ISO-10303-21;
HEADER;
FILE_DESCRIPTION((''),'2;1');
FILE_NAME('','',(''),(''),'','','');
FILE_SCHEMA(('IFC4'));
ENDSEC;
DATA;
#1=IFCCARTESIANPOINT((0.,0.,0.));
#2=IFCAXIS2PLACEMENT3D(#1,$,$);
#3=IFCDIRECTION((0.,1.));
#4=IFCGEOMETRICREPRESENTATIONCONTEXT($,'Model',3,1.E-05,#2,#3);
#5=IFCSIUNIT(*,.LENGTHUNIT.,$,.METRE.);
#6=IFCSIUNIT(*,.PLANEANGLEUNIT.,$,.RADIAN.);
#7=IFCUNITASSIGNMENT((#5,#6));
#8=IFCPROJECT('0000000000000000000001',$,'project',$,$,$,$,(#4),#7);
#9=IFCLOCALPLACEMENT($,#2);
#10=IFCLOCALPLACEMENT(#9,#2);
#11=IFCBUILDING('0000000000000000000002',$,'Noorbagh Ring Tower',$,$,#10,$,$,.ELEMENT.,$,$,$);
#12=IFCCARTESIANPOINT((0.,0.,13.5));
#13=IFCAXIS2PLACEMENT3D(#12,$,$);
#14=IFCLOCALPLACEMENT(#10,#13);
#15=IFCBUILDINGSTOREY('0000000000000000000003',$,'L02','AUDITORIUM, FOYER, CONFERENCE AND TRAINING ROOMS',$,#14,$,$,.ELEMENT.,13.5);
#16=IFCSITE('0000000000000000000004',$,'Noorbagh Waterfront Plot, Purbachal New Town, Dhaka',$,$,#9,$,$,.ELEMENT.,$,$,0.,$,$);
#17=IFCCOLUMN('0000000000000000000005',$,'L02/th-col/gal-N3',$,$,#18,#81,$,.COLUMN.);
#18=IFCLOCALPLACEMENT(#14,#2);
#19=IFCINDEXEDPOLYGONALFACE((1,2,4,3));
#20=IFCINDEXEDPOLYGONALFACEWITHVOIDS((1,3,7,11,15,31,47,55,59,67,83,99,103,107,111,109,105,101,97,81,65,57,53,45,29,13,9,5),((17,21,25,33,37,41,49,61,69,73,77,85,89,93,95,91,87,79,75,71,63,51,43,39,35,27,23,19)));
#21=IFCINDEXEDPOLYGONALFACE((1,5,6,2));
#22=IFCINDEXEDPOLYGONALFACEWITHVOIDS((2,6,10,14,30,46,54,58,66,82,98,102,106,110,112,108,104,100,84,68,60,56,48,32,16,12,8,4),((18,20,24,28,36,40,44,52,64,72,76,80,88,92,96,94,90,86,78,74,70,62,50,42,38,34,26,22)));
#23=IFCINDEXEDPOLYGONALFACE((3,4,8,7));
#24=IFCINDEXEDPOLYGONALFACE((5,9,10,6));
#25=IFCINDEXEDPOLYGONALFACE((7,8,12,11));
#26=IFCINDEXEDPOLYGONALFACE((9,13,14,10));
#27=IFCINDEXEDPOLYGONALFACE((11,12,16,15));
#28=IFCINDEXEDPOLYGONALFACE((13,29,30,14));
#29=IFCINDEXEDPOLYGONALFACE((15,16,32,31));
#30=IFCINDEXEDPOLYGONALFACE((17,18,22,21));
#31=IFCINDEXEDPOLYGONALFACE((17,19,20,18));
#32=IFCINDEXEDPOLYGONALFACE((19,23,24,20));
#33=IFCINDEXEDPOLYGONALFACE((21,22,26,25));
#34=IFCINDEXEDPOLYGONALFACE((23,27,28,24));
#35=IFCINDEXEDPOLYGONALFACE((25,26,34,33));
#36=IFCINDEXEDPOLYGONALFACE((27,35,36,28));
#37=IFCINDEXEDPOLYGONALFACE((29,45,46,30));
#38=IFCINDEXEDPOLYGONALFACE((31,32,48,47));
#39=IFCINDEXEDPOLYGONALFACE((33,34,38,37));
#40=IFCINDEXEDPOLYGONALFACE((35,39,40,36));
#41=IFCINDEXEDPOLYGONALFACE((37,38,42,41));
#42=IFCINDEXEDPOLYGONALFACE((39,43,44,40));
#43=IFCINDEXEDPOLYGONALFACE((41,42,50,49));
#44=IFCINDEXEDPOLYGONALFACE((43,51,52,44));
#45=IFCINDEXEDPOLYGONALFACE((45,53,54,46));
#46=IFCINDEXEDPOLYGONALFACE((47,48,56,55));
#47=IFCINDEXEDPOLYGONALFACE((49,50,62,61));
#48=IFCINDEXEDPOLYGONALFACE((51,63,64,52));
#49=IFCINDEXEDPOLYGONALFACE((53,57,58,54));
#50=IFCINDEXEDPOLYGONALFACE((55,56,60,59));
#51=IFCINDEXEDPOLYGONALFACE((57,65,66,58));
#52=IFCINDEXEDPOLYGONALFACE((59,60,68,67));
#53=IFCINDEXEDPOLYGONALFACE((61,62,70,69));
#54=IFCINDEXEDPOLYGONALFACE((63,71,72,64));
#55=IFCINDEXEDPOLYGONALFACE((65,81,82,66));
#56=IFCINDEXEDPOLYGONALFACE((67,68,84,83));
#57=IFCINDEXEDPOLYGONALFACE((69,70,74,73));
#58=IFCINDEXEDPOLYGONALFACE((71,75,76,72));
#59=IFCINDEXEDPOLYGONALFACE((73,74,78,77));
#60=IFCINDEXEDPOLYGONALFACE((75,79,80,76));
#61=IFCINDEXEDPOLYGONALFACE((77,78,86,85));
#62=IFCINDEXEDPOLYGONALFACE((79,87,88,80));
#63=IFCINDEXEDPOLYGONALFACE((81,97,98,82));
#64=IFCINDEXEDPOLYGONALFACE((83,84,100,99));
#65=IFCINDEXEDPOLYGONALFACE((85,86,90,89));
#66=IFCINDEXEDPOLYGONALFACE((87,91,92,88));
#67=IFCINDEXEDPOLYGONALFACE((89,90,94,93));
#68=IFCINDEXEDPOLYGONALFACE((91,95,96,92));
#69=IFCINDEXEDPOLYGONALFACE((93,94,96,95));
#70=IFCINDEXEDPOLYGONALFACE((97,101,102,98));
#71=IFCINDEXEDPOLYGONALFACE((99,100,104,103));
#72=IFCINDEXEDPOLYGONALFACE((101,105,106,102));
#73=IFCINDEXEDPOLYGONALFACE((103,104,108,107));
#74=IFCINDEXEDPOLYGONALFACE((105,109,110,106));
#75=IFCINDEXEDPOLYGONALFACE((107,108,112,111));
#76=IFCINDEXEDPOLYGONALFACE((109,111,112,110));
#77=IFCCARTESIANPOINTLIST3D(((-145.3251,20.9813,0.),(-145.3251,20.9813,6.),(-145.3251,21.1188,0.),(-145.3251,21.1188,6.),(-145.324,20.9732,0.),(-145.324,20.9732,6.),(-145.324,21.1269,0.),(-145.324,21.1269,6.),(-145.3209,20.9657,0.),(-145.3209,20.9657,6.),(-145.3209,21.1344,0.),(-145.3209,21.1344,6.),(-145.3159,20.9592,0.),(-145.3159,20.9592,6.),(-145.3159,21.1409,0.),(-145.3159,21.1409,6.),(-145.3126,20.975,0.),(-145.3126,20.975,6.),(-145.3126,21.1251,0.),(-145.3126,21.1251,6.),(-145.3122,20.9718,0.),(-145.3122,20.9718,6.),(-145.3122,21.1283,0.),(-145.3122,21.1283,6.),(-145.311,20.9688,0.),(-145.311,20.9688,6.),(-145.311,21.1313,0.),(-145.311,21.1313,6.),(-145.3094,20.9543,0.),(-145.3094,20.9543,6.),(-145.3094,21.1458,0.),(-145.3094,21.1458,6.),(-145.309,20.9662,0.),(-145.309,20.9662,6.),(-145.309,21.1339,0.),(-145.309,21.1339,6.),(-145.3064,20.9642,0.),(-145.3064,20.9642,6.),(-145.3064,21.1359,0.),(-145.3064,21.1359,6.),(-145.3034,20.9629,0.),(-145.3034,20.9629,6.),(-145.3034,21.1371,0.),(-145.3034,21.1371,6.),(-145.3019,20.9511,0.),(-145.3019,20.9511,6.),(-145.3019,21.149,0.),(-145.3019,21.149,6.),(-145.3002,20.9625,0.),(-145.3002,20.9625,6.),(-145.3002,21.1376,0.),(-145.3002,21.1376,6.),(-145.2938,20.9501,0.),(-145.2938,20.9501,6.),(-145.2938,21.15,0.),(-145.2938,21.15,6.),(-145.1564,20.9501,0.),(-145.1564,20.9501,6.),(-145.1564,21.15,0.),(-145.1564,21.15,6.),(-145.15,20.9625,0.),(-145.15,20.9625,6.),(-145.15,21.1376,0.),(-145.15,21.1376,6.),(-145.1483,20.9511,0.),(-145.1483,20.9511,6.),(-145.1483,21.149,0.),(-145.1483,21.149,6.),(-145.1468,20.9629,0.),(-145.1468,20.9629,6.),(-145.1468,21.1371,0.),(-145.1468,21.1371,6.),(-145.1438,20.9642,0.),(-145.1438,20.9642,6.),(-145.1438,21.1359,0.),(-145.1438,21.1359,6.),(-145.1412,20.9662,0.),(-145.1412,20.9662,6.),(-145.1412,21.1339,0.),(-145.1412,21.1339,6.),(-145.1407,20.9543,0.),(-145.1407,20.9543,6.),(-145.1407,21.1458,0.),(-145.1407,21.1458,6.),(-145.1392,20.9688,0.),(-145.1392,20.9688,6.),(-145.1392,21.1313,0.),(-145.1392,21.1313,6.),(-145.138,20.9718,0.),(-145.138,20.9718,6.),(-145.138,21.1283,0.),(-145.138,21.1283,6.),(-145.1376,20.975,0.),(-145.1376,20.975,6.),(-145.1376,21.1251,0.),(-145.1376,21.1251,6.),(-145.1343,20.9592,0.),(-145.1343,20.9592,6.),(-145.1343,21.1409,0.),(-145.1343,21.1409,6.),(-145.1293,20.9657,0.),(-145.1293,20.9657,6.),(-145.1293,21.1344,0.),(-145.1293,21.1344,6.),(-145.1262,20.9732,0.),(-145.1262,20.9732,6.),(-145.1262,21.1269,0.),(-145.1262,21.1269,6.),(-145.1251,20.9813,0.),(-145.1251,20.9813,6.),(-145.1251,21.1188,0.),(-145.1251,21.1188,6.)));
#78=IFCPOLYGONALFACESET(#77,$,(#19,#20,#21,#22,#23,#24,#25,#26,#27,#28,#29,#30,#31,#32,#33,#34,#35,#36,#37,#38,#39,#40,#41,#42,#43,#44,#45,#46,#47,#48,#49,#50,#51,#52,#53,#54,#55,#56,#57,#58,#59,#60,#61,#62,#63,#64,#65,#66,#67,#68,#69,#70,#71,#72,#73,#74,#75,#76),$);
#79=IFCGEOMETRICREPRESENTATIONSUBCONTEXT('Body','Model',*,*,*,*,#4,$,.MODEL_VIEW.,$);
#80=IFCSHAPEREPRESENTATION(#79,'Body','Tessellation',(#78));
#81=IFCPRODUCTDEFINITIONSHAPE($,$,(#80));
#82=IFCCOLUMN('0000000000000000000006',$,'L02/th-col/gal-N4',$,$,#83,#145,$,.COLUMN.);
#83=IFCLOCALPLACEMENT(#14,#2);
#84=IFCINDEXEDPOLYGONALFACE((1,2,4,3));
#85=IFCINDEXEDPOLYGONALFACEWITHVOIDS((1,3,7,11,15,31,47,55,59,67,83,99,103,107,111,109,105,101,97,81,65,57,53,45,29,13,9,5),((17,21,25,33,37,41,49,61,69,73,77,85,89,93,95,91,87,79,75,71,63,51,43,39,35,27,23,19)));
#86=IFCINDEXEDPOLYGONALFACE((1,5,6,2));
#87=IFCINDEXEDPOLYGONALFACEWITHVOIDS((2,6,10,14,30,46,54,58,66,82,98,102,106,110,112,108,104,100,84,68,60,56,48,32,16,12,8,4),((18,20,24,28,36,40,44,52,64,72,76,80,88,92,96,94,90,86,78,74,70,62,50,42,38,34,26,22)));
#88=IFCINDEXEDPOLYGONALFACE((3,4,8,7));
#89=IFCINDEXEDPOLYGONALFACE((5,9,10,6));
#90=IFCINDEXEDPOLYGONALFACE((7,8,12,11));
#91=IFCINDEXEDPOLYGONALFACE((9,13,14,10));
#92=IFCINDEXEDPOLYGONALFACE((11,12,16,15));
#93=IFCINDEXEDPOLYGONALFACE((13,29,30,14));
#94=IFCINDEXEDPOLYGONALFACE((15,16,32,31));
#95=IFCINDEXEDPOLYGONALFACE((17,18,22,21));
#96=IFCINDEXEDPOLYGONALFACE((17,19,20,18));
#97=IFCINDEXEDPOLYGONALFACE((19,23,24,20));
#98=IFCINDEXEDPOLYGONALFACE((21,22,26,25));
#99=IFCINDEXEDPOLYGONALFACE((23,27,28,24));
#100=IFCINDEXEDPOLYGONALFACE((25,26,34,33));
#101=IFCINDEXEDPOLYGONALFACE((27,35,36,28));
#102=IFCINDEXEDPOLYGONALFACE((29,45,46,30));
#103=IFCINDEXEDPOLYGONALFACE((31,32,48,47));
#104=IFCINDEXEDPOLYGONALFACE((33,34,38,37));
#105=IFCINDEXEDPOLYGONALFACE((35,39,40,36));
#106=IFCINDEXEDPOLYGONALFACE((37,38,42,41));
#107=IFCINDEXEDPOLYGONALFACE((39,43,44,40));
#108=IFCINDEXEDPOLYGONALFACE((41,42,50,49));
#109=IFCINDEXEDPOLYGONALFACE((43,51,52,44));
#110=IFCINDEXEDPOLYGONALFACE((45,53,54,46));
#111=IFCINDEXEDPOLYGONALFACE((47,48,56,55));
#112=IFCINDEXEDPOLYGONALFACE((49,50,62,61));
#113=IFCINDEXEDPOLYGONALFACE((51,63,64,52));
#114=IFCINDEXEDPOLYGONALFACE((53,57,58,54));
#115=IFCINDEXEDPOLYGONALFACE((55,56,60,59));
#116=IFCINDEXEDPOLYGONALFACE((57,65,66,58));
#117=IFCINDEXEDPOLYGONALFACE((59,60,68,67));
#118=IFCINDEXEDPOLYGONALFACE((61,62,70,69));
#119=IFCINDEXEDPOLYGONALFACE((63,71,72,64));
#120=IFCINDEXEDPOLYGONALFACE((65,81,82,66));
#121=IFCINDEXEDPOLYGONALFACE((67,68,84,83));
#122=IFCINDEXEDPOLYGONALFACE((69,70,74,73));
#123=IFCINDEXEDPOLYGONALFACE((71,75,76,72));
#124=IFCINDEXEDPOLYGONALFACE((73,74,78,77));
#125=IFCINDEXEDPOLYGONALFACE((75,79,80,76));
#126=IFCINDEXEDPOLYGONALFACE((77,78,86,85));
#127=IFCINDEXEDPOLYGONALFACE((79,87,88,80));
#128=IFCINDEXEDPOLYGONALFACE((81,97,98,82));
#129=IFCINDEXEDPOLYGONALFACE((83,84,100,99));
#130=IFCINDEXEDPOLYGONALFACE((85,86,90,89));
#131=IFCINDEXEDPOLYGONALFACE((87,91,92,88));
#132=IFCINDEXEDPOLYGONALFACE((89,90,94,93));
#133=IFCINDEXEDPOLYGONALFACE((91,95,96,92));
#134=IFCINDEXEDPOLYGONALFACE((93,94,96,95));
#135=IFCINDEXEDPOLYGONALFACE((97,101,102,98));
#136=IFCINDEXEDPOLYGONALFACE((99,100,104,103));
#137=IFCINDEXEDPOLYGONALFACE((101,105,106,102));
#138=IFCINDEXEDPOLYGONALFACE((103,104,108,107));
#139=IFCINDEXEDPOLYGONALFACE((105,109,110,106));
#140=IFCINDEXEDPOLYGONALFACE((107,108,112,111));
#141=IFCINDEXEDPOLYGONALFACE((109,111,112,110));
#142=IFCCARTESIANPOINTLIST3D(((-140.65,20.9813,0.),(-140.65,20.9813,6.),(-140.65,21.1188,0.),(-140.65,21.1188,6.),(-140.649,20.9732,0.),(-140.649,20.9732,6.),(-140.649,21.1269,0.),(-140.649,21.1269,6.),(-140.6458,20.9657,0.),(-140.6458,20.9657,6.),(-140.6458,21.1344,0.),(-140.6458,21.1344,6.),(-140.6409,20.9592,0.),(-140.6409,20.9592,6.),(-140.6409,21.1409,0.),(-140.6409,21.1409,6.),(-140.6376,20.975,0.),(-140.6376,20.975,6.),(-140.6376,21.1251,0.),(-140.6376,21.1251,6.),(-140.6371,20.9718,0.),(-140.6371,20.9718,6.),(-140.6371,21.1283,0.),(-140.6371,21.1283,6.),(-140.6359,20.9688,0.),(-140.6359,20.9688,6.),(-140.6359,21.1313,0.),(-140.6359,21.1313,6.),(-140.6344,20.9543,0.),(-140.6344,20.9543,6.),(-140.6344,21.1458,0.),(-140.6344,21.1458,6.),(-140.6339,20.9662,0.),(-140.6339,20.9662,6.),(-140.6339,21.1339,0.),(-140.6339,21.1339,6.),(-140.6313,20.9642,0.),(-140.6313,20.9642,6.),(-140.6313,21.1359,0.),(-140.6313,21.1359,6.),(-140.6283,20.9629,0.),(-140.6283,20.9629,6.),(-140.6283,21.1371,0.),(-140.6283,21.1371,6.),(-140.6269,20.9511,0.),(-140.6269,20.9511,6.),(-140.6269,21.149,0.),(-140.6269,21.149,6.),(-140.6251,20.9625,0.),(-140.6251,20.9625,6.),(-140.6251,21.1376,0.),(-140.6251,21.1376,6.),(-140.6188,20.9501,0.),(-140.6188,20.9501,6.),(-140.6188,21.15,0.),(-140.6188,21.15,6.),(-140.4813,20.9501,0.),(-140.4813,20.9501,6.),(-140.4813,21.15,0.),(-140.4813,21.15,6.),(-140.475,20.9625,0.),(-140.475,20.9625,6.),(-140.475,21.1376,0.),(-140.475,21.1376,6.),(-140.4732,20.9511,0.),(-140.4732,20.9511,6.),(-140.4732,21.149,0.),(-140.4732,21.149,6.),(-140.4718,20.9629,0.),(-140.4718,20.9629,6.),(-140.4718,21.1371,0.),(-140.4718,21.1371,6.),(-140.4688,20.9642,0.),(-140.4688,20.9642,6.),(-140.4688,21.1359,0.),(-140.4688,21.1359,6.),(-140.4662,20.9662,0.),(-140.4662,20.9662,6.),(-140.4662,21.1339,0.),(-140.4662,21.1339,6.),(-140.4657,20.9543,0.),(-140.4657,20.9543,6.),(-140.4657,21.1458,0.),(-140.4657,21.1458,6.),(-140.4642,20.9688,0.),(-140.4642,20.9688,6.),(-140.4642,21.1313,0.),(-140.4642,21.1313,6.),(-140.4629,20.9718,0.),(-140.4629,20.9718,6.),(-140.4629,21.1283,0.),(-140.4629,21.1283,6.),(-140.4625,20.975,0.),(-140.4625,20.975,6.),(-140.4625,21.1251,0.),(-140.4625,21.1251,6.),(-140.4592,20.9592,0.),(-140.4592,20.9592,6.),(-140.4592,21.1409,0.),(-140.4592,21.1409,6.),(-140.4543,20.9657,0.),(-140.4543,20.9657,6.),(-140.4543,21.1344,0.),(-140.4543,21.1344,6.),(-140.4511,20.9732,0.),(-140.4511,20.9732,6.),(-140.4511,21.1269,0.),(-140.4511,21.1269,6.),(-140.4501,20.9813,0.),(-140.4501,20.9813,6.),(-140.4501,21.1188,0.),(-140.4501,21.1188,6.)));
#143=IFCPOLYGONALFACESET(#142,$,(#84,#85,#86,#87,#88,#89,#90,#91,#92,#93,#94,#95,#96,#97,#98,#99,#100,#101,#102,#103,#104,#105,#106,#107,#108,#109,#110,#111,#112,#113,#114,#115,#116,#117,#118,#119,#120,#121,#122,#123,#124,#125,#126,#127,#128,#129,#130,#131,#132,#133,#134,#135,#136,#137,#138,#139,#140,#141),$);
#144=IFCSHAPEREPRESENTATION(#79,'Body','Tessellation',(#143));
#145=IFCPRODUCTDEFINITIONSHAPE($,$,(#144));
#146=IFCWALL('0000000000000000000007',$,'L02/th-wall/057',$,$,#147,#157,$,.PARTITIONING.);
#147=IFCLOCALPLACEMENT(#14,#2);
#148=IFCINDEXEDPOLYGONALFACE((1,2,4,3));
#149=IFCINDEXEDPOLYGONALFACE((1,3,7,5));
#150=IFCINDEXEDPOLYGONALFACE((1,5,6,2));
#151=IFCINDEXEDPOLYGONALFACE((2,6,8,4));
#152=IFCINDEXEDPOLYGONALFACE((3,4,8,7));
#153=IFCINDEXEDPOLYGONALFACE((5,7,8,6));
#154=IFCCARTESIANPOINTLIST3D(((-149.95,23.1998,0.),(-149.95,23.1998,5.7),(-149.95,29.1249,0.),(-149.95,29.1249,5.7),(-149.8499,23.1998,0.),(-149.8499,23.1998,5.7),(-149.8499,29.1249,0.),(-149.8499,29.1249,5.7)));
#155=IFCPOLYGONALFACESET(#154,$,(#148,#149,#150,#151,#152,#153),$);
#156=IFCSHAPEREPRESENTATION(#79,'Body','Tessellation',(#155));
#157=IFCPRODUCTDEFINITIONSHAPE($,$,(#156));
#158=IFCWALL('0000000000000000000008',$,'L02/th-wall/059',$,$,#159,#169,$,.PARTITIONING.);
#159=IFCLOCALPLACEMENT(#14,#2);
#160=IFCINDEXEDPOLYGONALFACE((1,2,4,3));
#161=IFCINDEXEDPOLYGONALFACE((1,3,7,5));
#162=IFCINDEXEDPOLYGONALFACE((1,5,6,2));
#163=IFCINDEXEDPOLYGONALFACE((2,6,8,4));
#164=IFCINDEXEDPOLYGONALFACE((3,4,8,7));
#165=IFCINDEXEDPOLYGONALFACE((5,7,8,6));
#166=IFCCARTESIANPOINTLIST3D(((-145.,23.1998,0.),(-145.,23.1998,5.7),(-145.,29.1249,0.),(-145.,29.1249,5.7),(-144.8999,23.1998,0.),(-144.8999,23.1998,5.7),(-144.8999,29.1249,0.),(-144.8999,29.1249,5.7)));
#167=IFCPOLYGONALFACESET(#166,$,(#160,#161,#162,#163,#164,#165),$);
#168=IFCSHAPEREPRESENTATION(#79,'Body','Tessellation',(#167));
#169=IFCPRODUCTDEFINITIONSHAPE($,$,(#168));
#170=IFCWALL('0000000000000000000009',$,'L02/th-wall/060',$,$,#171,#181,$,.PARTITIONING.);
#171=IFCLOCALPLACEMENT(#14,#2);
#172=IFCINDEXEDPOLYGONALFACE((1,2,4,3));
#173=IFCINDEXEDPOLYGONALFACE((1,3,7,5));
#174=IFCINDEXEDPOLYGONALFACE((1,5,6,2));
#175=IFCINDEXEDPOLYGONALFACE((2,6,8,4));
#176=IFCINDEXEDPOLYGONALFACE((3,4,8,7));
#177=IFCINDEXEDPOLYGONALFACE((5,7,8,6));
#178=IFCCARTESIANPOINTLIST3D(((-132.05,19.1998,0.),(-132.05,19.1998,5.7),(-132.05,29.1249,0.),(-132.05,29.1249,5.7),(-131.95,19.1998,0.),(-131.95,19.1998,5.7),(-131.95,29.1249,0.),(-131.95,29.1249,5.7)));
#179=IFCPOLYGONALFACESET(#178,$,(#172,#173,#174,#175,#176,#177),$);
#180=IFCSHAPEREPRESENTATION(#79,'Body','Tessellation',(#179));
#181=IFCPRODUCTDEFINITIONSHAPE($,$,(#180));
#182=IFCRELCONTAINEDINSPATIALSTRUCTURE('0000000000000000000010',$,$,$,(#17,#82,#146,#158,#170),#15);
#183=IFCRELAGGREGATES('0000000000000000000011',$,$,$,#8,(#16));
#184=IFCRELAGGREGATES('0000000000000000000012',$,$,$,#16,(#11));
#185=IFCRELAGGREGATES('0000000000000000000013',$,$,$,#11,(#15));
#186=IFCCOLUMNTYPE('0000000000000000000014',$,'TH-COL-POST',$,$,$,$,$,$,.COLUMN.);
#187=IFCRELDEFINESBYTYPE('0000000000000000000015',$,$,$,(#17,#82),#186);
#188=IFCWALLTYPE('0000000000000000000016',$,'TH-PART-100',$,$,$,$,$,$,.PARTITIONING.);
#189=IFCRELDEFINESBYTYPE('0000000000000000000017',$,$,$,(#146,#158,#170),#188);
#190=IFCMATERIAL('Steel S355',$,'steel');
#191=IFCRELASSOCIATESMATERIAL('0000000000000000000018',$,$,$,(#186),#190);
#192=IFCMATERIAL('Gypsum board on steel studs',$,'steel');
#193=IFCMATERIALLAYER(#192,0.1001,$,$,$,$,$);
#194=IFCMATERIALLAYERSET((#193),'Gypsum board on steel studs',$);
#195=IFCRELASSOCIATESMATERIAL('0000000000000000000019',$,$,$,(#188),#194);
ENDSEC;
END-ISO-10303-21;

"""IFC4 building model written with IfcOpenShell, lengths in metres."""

from ifc_helpers import new_model, si_unit, direction, frame, frame_2d, origin, origin_2d, place, context, subcontext, project, spatial, rectangle, hollow_rectangle, extrude, material, layer, layer_set, material_profile, profile_set, type_object, element, save


model = new_model("IFC4")

# Units and contexts
model_context = context("Model", 3, precision=1e-05, world=origin(), true_north=direction((0.0, 1.0)))
body_context = subcontext(model_context, "Body", "Model", "MODEL_VIEW")
ifc_project = project(units=[si_unit("LENGTHUNIT", "METRE"), si_unit("PLANEANGLEUNIT", "RADIAN")], contexts=[model_context])

# Site, building, storey
site_placement = place(None, origin())
site = spatial("IfcSite", under=ifc_project, at=site_placement, Name="Noorbagh Waterfront Plot, Purbachal New Town, Dhaka", CompositionType="ELEMENT", RefElevation=0.0)
building_placement = place(site_placement, origin())
building = spatial("IfcBuilding", under=site, at=building_placement, Name="Noorbagh Ring Tower", CompositionType="ELEMENT")
storey_placement = place(building_placement, frame((0.0, 0.0, 13.5)))
storey = spatial("IfcBuildingStorey", under=building, at=storey_placement, Name="L02", Description="AUDITORIUM, FOYER, CONFERENCE AND TRAINING ROOMS", CompositionType="ELEMENT", Elevation=13.5)

# Columns
ifc_material_1 = material(Name="Steel S355", Category="steel")
ifc_material_profile = material_profile(ifc_material_1, hollow_rectangle(XDim=0.2, YDim=0.2, WallThickness=0.0125, InnerFilletRadius=0.0125, OuterFilletRadius=0.0312, at=origin_2d()), Name="SHS200x200x12.5")
ifc_profile_set = profile_set([ifc_material_profile], Name="Steel S355")
column_type = type_object("IfcColumnType", Name="TH-COL-POST", PredefinedType="COLUMN", material=ifc_profile_set)
for number, where, z_axis, x_axis, name in (
    (1, (-145.2251, 21.05, 0.0), (0.0, 0.0, 1.0), (1.0, 0.0, 0.0), "L02/th-col/gal-N3"),
    (2, (-140.55, 21.05, 0.0), (0.0, 0.0, 1.0), (1.0, 0.0, 0.0), "L02/th-col/gal-N4"),
):
    element("IfcColumn", number, at=place(storey_placement, frame(where, z_axis=z_axis, x_axis=x_axis)), inside=storey, type_object=column_type, Name=name, PredefinedType="COLUMN", context=body_context, shape_type="SweptSolid", body=[
        extrude(hollow_rectangle(XDim=0.2, YDim=0.2, WallThickness=0.0125, InnerFilletRadius=0.0125, OuterFilletRadius=0.0312, at=origin_2d()), origin(), (0.0, 0.0, 1.0), 6.0),
    ])

# Walls
ifc_material_2 = material(Name="Gypsum board on steel studs", Category="steel")
ifc_layer_1 = layer(ifc_material_2, 0.1001)
ifc_layer_set_1 = layer_set([ifc_layer_1], Name="Gypsum board on steel studs")
wall_type_1 = type_object("IfcWallType", Name="TH-PART-100", PredefinedType="PARTITIONING", material=ifc_layer_set_1)
for number, where, z_axis, x_axis, name in (
    (3, (-149.8999, 23.2, 0.0), (0.0, 0.0, 1.0), (0.0, 1.0, 0.0), "L02/th-wall/057"),
    (4, (-144.95, 23.2, 0.0), (0.0, 0.0, 1.0), (0.0, 1.0, 0.0), "L02/th-wall/059"),
):
    element("IfcWall", number, at=place(storey_placement, frame(where, z_axis=z_axis, x_axis=x_axis)), inside=storey, type_object=wall_type_1, Name=name, PredefinedType="PARTITIONING", context=body_context, shape_type="SweptSolid", body=[
        extrude(rectangle(XDim=5.925, YDim=0.1001, at=frame_2d((2.9624, 0.0))), origin(), (0.0, 0.0, 1.0), 5.7),
    ])
wall_1_placement = place(storey_placement, frame((-132.0, 19.2, 0.0), z_axis=(0.0, 0.0, 1.0), x_axis=(0.0, 1.0, 0.0)))
element("IfcWall", 5, at=wall_1_placement, inside=storey, type_object=wall_type_1, Name="L02/th-wall/060", PredefinedType="PARTITIONING", context=body_context, shape_type="SweptSolid", body=[
    extrude(rectangle(XDim=9.925, YDim=0.1001, at=frame_2d((4.9624, 0.0))), origin(), (0.0, 0.0, 1.0), 5.7),
])

save(model, "model.ifc")
